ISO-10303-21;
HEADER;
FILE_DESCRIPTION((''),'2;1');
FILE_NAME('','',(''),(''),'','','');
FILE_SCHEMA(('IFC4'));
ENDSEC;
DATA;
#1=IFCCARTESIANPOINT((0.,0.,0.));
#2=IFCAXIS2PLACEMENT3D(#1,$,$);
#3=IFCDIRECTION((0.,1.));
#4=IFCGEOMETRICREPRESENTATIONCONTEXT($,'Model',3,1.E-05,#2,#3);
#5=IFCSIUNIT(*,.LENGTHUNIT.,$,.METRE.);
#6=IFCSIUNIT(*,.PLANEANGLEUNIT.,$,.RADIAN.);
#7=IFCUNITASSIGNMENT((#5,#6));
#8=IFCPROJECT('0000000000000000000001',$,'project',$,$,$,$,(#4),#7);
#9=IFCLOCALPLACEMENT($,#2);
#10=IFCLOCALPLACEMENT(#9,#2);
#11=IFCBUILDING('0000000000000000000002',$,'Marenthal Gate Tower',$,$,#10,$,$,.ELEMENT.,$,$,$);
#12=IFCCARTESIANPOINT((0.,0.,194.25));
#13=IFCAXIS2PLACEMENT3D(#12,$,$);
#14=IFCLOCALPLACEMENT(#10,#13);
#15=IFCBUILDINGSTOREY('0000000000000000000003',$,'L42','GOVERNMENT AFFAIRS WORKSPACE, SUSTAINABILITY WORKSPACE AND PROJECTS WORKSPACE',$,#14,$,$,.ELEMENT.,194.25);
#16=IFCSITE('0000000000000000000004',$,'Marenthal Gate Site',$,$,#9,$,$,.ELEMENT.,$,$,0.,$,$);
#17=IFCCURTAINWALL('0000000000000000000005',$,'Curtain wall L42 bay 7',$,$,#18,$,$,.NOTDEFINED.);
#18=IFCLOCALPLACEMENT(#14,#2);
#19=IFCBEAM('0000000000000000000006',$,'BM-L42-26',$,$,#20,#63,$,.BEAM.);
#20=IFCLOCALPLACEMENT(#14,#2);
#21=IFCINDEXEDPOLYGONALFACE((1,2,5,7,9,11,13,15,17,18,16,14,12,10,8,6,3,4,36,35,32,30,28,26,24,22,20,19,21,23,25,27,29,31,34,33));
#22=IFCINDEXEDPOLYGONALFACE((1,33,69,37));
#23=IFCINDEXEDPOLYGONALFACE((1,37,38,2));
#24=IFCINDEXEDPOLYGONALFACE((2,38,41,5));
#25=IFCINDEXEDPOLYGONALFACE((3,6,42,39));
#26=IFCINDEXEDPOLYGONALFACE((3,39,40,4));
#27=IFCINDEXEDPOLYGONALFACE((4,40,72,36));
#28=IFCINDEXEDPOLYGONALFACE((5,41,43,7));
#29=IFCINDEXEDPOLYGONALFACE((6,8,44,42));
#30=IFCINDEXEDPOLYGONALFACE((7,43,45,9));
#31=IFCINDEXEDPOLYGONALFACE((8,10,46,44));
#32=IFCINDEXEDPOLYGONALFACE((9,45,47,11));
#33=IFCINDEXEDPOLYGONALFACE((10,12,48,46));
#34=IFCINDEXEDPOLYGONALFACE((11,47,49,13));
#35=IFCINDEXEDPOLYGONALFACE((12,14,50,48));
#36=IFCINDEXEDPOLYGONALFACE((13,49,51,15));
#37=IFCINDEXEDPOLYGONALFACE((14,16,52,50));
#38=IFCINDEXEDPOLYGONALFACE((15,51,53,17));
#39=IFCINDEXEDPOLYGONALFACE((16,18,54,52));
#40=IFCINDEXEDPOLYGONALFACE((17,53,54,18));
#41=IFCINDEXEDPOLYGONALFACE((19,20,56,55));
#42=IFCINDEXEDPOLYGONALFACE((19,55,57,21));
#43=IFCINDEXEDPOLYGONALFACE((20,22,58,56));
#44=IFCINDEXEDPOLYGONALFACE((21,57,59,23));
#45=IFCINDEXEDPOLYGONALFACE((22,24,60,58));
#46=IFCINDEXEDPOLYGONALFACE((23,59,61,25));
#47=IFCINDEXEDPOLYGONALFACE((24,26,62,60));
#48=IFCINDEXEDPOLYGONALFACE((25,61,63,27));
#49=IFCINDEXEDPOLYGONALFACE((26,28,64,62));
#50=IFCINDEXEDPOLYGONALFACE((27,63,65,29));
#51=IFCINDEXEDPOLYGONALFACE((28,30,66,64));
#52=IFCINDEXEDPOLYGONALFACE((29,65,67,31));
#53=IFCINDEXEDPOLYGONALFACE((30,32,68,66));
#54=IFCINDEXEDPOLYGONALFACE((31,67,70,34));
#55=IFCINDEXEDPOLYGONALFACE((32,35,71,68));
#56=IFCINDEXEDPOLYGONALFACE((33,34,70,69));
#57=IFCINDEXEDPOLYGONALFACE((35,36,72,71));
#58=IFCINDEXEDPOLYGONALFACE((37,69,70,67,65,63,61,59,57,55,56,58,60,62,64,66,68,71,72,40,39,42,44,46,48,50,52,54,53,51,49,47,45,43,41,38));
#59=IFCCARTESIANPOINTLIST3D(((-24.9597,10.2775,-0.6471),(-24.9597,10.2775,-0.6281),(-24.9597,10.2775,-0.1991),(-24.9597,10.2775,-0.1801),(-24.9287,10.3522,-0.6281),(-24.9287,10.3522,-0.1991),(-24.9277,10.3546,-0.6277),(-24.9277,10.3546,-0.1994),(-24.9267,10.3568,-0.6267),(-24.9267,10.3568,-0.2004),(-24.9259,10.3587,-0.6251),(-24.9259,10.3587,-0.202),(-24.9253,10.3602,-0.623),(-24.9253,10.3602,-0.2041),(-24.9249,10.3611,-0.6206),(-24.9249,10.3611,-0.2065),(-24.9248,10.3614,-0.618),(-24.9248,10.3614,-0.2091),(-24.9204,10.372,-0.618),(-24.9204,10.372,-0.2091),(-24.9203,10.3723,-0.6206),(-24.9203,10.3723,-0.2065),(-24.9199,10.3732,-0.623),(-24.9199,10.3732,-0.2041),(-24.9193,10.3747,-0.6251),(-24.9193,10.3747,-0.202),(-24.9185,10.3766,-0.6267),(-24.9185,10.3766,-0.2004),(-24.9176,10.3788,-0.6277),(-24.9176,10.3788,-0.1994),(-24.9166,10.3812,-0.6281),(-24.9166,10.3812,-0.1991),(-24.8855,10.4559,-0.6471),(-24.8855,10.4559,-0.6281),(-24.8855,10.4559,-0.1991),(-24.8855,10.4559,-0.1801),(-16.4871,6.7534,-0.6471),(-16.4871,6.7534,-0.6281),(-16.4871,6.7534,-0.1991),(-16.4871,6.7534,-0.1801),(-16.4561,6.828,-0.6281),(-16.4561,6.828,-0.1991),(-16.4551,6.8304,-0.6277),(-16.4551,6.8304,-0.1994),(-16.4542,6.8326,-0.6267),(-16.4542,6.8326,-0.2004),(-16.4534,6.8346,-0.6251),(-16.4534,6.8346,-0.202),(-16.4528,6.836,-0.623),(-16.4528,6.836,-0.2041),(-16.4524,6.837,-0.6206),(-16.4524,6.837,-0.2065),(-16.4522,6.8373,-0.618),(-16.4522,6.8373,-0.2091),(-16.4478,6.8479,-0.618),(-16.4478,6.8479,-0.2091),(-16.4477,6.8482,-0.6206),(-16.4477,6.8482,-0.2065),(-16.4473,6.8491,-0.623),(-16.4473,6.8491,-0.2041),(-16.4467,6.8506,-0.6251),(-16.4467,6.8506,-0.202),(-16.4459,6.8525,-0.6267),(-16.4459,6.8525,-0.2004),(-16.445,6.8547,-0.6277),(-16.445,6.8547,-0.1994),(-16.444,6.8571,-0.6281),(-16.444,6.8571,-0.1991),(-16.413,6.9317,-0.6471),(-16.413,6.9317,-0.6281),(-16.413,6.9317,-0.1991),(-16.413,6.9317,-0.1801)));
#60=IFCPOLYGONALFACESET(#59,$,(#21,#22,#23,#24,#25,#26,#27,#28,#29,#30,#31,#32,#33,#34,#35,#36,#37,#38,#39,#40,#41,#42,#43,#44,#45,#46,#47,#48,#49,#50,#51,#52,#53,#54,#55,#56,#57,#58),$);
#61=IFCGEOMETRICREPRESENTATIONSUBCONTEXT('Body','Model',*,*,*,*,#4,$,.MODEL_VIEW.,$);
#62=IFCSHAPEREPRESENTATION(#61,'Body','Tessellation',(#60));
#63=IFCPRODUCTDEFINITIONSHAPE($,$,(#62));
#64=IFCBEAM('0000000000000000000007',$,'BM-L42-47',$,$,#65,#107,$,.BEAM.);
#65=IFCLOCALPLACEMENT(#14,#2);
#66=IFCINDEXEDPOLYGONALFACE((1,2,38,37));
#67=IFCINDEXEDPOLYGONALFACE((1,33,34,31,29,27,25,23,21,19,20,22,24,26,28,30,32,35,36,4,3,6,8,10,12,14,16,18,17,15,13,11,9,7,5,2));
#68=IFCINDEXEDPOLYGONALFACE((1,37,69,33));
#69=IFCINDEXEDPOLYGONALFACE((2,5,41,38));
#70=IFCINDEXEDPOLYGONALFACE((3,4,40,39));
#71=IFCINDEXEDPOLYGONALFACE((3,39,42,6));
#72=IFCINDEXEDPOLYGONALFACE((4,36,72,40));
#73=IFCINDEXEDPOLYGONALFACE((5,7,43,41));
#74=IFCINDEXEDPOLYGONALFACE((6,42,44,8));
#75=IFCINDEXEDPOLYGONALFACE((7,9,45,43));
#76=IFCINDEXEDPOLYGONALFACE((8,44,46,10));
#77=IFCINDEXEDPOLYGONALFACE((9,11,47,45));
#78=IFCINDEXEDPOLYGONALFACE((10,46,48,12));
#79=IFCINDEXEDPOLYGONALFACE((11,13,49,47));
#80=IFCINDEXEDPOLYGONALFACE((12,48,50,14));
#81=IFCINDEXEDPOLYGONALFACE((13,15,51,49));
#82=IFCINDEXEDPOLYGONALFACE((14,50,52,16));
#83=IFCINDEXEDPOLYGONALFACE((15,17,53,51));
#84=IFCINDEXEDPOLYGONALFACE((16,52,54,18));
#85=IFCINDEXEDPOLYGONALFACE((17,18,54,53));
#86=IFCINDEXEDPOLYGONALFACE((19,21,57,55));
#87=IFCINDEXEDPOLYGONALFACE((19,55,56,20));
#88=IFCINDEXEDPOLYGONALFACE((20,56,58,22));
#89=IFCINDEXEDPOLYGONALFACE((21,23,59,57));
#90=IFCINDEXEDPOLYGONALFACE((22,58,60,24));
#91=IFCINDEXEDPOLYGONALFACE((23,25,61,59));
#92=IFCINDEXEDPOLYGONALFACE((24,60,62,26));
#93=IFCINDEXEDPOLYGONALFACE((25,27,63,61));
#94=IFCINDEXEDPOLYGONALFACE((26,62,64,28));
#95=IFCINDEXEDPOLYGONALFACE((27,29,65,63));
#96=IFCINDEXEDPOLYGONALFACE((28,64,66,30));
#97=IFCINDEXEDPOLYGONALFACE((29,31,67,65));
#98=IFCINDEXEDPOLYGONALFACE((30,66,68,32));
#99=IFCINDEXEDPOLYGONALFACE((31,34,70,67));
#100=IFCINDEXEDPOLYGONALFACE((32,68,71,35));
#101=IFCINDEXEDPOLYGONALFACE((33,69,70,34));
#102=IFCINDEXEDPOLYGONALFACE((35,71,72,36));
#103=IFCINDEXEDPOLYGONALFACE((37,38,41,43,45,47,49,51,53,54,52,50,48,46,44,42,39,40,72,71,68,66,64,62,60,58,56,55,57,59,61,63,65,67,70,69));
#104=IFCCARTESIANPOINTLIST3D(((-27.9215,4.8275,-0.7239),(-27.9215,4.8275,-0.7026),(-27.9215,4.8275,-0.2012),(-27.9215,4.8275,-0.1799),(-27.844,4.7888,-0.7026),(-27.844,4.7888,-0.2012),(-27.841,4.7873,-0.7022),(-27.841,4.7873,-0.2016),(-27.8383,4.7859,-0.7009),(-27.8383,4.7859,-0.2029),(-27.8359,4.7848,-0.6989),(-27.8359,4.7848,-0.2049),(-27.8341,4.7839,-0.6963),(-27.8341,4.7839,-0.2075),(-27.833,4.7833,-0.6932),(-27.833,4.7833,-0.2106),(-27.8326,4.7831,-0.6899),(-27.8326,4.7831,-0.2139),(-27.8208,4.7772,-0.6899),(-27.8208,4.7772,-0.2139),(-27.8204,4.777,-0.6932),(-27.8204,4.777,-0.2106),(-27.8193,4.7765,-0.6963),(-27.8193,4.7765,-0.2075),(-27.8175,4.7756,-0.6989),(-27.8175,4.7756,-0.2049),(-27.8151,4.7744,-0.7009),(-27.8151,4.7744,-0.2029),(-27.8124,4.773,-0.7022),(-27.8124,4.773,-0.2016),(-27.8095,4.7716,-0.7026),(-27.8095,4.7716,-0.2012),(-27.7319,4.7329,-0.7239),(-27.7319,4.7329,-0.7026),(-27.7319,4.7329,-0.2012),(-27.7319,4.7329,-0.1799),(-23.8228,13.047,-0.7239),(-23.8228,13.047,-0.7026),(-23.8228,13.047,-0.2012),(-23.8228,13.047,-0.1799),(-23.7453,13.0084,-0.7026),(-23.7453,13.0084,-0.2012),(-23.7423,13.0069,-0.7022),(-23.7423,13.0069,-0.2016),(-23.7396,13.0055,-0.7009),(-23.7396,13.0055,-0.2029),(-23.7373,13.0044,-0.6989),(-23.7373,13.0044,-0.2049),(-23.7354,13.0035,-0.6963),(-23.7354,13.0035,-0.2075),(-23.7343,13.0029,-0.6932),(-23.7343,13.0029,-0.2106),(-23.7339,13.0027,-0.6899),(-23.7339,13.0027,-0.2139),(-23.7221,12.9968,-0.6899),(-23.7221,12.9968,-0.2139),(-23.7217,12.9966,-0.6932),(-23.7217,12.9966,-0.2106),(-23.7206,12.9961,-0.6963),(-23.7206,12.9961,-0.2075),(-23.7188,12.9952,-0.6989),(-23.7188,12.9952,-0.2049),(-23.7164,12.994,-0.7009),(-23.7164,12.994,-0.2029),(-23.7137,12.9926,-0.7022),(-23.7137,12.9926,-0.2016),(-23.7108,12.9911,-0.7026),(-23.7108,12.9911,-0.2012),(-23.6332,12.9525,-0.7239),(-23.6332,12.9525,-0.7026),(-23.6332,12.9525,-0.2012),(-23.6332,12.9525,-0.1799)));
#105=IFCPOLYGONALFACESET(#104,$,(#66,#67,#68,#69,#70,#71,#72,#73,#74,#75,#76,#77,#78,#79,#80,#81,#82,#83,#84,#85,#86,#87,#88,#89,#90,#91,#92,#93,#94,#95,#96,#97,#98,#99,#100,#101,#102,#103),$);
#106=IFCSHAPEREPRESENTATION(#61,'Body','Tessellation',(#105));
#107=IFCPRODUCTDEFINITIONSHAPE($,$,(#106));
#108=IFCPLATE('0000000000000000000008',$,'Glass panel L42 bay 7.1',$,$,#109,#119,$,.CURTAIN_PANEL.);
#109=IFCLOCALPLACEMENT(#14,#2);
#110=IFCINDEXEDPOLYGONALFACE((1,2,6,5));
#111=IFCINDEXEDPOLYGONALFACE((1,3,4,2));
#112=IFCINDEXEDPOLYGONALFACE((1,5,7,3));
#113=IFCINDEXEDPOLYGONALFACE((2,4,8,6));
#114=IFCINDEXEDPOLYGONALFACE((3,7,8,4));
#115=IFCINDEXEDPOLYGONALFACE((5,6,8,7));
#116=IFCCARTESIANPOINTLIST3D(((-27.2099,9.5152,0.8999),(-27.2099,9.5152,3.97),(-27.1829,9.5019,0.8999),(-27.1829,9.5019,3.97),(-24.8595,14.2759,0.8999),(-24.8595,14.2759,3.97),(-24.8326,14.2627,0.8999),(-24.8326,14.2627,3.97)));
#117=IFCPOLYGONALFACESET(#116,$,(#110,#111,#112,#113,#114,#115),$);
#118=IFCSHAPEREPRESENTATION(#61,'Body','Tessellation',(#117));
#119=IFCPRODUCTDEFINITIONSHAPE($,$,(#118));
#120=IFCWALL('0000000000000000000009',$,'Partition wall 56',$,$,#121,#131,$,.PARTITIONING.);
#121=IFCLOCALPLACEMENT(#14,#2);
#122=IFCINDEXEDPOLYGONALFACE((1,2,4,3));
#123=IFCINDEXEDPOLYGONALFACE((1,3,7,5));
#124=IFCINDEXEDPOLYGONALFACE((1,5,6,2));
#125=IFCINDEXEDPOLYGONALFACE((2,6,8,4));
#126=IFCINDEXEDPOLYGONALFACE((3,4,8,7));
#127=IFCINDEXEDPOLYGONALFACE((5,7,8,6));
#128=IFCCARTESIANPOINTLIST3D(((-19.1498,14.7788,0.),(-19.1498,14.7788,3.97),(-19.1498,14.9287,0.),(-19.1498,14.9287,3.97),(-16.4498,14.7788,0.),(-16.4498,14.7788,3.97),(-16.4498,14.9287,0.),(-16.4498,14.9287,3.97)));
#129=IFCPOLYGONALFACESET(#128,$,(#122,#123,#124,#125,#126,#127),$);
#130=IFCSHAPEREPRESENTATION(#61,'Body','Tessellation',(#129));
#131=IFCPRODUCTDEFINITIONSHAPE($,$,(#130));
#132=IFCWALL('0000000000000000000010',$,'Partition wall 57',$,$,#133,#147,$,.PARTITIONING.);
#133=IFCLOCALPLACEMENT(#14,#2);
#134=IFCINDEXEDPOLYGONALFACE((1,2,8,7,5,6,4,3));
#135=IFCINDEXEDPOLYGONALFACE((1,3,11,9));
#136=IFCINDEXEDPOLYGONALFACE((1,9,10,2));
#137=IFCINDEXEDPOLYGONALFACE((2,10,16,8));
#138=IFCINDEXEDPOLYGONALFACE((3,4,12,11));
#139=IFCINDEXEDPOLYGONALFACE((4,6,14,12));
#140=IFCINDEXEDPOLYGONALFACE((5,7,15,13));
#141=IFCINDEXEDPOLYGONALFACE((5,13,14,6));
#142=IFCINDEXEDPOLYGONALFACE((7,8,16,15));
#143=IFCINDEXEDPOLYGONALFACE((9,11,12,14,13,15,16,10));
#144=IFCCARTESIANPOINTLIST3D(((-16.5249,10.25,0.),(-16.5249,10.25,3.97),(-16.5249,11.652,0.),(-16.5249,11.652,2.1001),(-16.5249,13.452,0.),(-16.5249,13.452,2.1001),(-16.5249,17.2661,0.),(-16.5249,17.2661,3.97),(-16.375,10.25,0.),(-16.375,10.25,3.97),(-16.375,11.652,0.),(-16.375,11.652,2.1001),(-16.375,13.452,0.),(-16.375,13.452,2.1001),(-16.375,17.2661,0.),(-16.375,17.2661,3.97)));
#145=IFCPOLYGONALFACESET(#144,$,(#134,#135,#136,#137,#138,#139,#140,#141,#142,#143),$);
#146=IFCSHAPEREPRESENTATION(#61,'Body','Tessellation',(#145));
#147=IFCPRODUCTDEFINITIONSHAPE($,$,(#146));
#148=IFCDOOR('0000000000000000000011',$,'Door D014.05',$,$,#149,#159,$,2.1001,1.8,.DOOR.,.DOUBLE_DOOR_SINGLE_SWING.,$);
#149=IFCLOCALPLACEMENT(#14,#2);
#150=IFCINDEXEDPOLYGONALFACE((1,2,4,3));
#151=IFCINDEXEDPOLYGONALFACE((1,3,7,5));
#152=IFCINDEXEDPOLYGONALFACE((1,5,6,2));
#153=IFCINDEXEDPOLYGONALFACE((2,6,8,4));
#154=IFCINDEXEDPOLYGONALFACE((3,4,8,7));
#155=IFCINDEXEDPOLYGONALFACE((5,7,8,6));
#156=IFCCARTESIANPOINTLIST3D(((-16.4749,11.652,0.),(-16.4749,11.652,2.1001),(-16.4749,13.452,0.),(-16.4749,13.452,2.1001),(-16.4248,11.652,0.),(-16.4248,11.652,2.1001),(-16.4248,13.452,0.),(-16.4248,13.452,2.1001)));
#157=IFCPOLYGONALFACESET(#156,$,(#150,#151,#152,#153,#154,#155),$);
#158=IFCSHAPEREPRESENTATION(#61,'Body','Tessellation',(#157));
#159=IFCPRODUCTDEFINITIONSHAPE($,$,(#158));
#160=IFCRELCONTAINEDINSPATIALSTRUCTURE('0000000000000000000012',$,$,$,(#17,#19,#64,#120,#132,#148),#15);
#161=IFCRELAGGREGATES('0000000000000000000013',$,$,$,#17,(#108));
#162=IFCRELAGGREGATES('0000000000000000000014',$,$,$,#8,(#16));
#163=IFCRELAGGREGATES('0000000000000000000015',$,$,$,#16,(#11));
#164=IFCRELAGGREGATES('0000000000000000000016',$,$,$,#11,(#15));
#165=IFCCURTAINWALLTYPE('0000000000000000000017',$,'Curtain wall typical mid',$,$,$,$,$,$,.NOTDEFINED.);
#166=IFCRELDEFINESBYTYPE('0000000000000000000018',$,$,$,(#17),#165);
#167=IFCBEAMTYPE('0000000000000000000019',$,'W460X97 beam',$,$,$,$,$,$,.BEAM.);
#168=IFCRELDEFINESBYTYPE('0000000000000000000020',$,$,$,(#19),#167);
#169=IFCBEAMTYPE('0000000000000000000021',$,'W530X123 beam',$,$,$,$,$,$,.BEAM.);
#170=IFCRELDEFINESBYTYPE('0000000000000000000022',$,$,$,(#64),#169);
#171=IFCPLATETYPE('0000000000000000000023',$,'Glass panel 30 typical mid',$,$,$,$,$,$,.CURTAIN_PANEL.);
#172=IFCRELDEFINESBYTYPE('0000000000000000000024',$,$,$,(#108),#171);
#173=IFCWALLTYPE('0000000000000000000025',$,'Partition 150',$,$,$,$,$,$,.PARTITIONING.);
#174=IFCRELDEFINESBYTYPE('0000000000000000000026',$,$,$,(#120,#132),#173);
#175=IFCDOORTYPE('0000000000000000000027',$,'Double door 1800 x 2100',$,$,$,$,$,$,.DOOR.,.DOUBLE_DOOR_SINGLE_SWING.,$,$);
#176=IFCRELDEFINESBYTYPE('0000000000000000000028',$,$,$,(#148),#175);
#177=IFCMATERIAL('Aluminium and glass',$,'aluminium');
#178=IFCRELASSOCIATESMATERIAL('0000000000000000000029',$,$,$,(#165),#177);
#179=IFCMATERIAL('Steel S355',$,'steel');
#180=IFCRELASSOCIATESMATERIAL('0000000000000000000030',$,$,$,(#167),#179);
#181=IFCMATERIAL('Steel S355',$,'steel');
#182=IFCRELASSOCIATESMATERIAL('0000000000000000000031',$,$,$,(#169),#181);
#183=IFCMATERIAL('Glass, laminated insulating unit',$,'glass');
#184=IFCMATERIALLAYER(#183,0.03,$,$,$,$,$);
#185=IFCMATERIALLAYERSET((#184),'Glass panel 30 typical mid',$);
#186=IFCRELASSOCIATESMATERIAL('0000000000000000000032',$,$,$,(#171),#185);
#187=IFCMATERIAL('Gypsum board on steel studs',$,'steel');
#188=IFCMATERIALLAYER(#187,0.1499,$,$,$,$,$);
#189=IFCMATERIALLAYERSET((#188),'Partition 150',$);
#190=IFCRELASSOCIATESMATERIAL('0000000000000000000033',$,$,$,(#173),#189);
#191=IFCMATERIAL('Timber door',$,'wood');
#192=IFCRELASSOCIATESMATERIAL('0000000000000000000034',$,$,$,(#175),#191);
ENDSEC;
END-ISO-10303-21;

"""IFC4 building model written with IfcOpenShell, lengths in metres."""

from ifc_helpers import new_model, si_unit, direction, frame, frame_2d, origin, origin_2d, place, context, subcontext, project, spatial, rectangle, i_section, extrude, material, layer, layer_set, material_profile, profile_set, type_object, element, fill, aggregate, save


model = new_model("IFC4")

# Units and contexts
model_context = context("Model", 3, precision=1e-05, world=origin(), true_north=direction((0.0, 1.0)))
body_context = subcontext(model_context, "Body", "Model", "MODEL_VIEW")
ifc_project = project(units=[si_unit("LENGTHUNIT", "METRE"), si_unit("PLANEANGLEUNIT", "RADIAN")], contexts=[model_context])

# Site, building, storey
site_placement = place(None, origin())
site = spatial("IfcSite", under=ifc_project, at=site_placement, Name="Marenthal Gate Site", CompositionType="ELEMENT", RefElevation=0.0)
building_placement = place(site_placement, origin())
building = spatial("IfcBuilding", under=site, at=building_placement, Name="Marenthal Gate Tower", CompositionType="ELEMENT")
storey_placement = place(building_placement, frame((0.0, 0.0, 194.25)))
storey = spatial("IfcBuildingStorey", under=building, at=storey_placement, Name="L42", Description="GOVERNMENT AFFAIRS WORKSPACE, SUSTAINABILITY WORKSPACE AND PROJECTS WORKSPACE", CompositionType="ELEMENT", Elevation=194.25)

# Shared definitions
ifc_material_1 = material(Name="Aluminium and glass", Category="aluminium")
curtain_wall_type = type_object("IfcCurtainWallType", Name="Curtain wall typical mid", PredefinedType="NOTDEFINED", material=ifc_material_1)

# Curtain wall
curtain_wall_1_placement = place(storey_placement, origin())
curtain_wall_1 = element("IfcCurtainWall", 1, at=curtain_wall_1_placement, inside=storey, type_object=curtain_wall_type, Name="Curtain wall L42 bay 7", PredefinedType="NOTDEFINED")

# Beams
ifc_material_2 = material(Name="Steel S355", Category="steel")
ifc_material_profile_1 = material_profile(ifc_material_2, i_section(OverallWidth=0.1931, OverallDepth=0.467, WebThickness=0.0115, FlangeThickness=0.019, FilletRadius=0.01, at=origin_2d()), Name="W460X97")
ifc_profile_set_1 = profile_set([ifc_material_profile_1], Name="Steel S355")
beam_type_1 = type_object("IfcBeamType", Name="W460X97 beam", PredefinedType="BEAM", material=ifc_profile_set_1)
beam_1_placement = place(storey_placement, frame((-24.9226, 10.3667, -0.4136), z_axis=(0.923313, -0.384049, 0.0), x_axis=(0.384049, 0.923313, 0.0)))
element("IfcBeam", 2, at=beam_1_placement, inside=storey, type_object=beam_type_1, Name="BM-L42-26", PredefinedType="BEAM", context=body_context, shape_type="SweptSolid", body=[
    extrude(i_section(OverallWidth=0.1931, OverallDepth=0.467, WebThickness=0.0115, FlangeThickness=0.019, FilletRadius=0.01, at=origin_2d()), origin(), (0.0, 0.0, 1.0), 9.1763),
])
ifc_material_3 = material(Name="Steel S355", Category="steel")
ifc_material_profile_2 = material_profile(ifc_material_3, i_section(OverallWidth=0.2119, OverallDepth=0.5439, WebThickness=0.0132, FlangeThickness=0.0212, FilletRadius=0.0127, at=origin_2d()), Name="W530X123")
ifc_profile_set_2 = profile_set([ifc_material_profile_2], Name="Steel S355")
beam_type_2 = type_object("IfcBeamType", Name="W530X123 beam", PredefinedType="BEAM", material=ifc_profile_set_2)
beam_2_placement = place(storey_placement, frame((-23.728, 12.9998, -0.4519), z_axis=(-0.446246, -0.89491, 0.0), x_axis=(0.89491, -0.446246, 0.0)))
element("IfcBeam", 3, at=beam_2_placement, inside=storey, type_object=beam_type_2, Name="BM-L42-47", PredefinedType="BEAM", context=body_context, shape_type="SweptSolid", body=[
    extrude(i_section(OverallWidth=0.2119, OverallDepth=0.5439, WebThickness=0.0132, FlangeThickness=0.0212, FilletRadius=0.0127, at=origin_2d()), origin(), (0.0, 0.0, 1.0), 9.1848),
])

# Plate
ifc_material_4 = material(Name="Glass, laminated insulating unit", Category="glass")
ifc_layer_1 = layer(ifc_material_4, 0.03)
ifc_layer_set_1 = layer_set([ifc_layer_1], Name="Glass panel 30 typical mid")
plate_type = type_object("IfcPlateType", Name="Glass panel 30 typical mid", PredefinedType="CURTAIN_PANEL", material=ifc_layer_set_1)
plate_placement = place(storey_placement, frame((-26.0212, 11.8889, 0.8999), z_axis=(0.0, 0.0, 1.0), x_axis=(-0.442678, -0.896681, 0.0)))
plate = element("IfcPlate", 4, at=plate_placement, type_object=plate_type, Name="Glass panel L42 bay 7.1", PredefinedType="CURTAIN_PANEL", context=body_context, shape_type="SweptSolid", body=[
    extrude(rectangle(XDim=5.3093, YDim=0.03, at=origin_2d()), origin(), (0.0, 0.0, 1.0), 3.0701),
])
aggregate(curtain_wall_1, [plate])

# Wall
ifc_material_5 = material(Name="Gypsum board on steel studs", Category="steel")
ifc_layer_2 = layer(ifc_material_5, 0.1499)
ifc_layer_set_2 = layer_set([ifc_layer_2], Name="Partition 150")
wall_type_1 = type_object("IfcWallType", Name="Partition 150", PredefinedType="PARTITIONING", material=ifc_layer_set_2)
wall_1_placement = place(storey_placement, frame((-19.1499, 14.8538, 0.0), z_axis=(0.0, 0.0, 1.0), x_axis=(1.0, 0.0, 0.0)))
element("IfcWall", 5, at=wall_1_placement, inside=storey, type_object=wall_type_1, Name="Partition wall 56", PredefinedType="PARTITIONING", context=body_context, shape_type="SweptSolid", body=[
    extrude(rectangle(XDim=2.7, YDim=0.1499, at=frame_2d((1.3501, 0.0))), origin(), (0.0, 0.0, 1.0), 3.97),
])

# Wall, opening, door
wall_2_placement = place(storey_placement, frame((-16.45, 10.25, 0.0), z_axis=(0.0, 0.0, 1.0), x_axis=(0.0, 1.0, 0.0)))
wall_2 = element("IfcWall", 6, at=wall_2_placement, inside=storey, type_object=wall_type_1, Name="Partition wall 57", PredefinedType="PARTITIONING", context=body_context, shape_type="SweptSolid", body=[
    extrude(rectangle(XDim=7.0161, YDim=0.1499, at=frame_2d((3.5081, 0.0))), origin(), (0.0, 0.0, 1.0), 3.97),
])
opening_1_placement = place(wall_2_placement, frame((1.4021, 0.0, 0.0)))
opening_1 = element("IfcOpeningElement", 7, at=opening_1_placement, cuts=wall_2, PredefinedType="OPENING", context=body_context, shape_type="SweptSolid", body=[
    extrude(rectangle(XDim=1.8, YDim=2.1001, at=frame_2d((0.8999, 1.05))), frame((0.0, 0.085, 0.0), z_axis=(0.0, -1.0, 0.0), x_axis=(1.0, 0.0, 0.0)), (0.0, 0.0, 1.0), 0.1699),
])
ifc_material_6 = material(Name="Timber door", Category="wood")
door_type_1 = type_object("IfcDoorType", Name="Double door 1800 x 2100", OperationType="DOUBLE_DOOR_SINGLE_SWING", PredefinedType="DOOR", material=ifc_material_6)
door_1_placement = place(opening_1_placement, origin())
door_1 = element("IfcDoor", 8, at=door_1_placement, inside=storey, type_object=door_type_1, Name="Door D014.05", OperationType="DOUBLE_DOOR_SINGLE_SWING", OverallHeight=2.1001, OverallWidth=1.8, PredefinedType="DOOR", context=body_context, shape_type="SweptSolid", body=[
    extrude(rectangle(XDim=1.8, YDim=2.1001, at=frame_2d((0.8999, 1.05))), frame((0.0, 0.0249, 0.0), z_axis=(0.0, -1.0, 0.0), x_axis=(1.0, 0.0, 0.0)), (0.0, 0.0, 1.0), 0.05),
])
fill(opening_1, door_1)

save(model, "model.ifc")
